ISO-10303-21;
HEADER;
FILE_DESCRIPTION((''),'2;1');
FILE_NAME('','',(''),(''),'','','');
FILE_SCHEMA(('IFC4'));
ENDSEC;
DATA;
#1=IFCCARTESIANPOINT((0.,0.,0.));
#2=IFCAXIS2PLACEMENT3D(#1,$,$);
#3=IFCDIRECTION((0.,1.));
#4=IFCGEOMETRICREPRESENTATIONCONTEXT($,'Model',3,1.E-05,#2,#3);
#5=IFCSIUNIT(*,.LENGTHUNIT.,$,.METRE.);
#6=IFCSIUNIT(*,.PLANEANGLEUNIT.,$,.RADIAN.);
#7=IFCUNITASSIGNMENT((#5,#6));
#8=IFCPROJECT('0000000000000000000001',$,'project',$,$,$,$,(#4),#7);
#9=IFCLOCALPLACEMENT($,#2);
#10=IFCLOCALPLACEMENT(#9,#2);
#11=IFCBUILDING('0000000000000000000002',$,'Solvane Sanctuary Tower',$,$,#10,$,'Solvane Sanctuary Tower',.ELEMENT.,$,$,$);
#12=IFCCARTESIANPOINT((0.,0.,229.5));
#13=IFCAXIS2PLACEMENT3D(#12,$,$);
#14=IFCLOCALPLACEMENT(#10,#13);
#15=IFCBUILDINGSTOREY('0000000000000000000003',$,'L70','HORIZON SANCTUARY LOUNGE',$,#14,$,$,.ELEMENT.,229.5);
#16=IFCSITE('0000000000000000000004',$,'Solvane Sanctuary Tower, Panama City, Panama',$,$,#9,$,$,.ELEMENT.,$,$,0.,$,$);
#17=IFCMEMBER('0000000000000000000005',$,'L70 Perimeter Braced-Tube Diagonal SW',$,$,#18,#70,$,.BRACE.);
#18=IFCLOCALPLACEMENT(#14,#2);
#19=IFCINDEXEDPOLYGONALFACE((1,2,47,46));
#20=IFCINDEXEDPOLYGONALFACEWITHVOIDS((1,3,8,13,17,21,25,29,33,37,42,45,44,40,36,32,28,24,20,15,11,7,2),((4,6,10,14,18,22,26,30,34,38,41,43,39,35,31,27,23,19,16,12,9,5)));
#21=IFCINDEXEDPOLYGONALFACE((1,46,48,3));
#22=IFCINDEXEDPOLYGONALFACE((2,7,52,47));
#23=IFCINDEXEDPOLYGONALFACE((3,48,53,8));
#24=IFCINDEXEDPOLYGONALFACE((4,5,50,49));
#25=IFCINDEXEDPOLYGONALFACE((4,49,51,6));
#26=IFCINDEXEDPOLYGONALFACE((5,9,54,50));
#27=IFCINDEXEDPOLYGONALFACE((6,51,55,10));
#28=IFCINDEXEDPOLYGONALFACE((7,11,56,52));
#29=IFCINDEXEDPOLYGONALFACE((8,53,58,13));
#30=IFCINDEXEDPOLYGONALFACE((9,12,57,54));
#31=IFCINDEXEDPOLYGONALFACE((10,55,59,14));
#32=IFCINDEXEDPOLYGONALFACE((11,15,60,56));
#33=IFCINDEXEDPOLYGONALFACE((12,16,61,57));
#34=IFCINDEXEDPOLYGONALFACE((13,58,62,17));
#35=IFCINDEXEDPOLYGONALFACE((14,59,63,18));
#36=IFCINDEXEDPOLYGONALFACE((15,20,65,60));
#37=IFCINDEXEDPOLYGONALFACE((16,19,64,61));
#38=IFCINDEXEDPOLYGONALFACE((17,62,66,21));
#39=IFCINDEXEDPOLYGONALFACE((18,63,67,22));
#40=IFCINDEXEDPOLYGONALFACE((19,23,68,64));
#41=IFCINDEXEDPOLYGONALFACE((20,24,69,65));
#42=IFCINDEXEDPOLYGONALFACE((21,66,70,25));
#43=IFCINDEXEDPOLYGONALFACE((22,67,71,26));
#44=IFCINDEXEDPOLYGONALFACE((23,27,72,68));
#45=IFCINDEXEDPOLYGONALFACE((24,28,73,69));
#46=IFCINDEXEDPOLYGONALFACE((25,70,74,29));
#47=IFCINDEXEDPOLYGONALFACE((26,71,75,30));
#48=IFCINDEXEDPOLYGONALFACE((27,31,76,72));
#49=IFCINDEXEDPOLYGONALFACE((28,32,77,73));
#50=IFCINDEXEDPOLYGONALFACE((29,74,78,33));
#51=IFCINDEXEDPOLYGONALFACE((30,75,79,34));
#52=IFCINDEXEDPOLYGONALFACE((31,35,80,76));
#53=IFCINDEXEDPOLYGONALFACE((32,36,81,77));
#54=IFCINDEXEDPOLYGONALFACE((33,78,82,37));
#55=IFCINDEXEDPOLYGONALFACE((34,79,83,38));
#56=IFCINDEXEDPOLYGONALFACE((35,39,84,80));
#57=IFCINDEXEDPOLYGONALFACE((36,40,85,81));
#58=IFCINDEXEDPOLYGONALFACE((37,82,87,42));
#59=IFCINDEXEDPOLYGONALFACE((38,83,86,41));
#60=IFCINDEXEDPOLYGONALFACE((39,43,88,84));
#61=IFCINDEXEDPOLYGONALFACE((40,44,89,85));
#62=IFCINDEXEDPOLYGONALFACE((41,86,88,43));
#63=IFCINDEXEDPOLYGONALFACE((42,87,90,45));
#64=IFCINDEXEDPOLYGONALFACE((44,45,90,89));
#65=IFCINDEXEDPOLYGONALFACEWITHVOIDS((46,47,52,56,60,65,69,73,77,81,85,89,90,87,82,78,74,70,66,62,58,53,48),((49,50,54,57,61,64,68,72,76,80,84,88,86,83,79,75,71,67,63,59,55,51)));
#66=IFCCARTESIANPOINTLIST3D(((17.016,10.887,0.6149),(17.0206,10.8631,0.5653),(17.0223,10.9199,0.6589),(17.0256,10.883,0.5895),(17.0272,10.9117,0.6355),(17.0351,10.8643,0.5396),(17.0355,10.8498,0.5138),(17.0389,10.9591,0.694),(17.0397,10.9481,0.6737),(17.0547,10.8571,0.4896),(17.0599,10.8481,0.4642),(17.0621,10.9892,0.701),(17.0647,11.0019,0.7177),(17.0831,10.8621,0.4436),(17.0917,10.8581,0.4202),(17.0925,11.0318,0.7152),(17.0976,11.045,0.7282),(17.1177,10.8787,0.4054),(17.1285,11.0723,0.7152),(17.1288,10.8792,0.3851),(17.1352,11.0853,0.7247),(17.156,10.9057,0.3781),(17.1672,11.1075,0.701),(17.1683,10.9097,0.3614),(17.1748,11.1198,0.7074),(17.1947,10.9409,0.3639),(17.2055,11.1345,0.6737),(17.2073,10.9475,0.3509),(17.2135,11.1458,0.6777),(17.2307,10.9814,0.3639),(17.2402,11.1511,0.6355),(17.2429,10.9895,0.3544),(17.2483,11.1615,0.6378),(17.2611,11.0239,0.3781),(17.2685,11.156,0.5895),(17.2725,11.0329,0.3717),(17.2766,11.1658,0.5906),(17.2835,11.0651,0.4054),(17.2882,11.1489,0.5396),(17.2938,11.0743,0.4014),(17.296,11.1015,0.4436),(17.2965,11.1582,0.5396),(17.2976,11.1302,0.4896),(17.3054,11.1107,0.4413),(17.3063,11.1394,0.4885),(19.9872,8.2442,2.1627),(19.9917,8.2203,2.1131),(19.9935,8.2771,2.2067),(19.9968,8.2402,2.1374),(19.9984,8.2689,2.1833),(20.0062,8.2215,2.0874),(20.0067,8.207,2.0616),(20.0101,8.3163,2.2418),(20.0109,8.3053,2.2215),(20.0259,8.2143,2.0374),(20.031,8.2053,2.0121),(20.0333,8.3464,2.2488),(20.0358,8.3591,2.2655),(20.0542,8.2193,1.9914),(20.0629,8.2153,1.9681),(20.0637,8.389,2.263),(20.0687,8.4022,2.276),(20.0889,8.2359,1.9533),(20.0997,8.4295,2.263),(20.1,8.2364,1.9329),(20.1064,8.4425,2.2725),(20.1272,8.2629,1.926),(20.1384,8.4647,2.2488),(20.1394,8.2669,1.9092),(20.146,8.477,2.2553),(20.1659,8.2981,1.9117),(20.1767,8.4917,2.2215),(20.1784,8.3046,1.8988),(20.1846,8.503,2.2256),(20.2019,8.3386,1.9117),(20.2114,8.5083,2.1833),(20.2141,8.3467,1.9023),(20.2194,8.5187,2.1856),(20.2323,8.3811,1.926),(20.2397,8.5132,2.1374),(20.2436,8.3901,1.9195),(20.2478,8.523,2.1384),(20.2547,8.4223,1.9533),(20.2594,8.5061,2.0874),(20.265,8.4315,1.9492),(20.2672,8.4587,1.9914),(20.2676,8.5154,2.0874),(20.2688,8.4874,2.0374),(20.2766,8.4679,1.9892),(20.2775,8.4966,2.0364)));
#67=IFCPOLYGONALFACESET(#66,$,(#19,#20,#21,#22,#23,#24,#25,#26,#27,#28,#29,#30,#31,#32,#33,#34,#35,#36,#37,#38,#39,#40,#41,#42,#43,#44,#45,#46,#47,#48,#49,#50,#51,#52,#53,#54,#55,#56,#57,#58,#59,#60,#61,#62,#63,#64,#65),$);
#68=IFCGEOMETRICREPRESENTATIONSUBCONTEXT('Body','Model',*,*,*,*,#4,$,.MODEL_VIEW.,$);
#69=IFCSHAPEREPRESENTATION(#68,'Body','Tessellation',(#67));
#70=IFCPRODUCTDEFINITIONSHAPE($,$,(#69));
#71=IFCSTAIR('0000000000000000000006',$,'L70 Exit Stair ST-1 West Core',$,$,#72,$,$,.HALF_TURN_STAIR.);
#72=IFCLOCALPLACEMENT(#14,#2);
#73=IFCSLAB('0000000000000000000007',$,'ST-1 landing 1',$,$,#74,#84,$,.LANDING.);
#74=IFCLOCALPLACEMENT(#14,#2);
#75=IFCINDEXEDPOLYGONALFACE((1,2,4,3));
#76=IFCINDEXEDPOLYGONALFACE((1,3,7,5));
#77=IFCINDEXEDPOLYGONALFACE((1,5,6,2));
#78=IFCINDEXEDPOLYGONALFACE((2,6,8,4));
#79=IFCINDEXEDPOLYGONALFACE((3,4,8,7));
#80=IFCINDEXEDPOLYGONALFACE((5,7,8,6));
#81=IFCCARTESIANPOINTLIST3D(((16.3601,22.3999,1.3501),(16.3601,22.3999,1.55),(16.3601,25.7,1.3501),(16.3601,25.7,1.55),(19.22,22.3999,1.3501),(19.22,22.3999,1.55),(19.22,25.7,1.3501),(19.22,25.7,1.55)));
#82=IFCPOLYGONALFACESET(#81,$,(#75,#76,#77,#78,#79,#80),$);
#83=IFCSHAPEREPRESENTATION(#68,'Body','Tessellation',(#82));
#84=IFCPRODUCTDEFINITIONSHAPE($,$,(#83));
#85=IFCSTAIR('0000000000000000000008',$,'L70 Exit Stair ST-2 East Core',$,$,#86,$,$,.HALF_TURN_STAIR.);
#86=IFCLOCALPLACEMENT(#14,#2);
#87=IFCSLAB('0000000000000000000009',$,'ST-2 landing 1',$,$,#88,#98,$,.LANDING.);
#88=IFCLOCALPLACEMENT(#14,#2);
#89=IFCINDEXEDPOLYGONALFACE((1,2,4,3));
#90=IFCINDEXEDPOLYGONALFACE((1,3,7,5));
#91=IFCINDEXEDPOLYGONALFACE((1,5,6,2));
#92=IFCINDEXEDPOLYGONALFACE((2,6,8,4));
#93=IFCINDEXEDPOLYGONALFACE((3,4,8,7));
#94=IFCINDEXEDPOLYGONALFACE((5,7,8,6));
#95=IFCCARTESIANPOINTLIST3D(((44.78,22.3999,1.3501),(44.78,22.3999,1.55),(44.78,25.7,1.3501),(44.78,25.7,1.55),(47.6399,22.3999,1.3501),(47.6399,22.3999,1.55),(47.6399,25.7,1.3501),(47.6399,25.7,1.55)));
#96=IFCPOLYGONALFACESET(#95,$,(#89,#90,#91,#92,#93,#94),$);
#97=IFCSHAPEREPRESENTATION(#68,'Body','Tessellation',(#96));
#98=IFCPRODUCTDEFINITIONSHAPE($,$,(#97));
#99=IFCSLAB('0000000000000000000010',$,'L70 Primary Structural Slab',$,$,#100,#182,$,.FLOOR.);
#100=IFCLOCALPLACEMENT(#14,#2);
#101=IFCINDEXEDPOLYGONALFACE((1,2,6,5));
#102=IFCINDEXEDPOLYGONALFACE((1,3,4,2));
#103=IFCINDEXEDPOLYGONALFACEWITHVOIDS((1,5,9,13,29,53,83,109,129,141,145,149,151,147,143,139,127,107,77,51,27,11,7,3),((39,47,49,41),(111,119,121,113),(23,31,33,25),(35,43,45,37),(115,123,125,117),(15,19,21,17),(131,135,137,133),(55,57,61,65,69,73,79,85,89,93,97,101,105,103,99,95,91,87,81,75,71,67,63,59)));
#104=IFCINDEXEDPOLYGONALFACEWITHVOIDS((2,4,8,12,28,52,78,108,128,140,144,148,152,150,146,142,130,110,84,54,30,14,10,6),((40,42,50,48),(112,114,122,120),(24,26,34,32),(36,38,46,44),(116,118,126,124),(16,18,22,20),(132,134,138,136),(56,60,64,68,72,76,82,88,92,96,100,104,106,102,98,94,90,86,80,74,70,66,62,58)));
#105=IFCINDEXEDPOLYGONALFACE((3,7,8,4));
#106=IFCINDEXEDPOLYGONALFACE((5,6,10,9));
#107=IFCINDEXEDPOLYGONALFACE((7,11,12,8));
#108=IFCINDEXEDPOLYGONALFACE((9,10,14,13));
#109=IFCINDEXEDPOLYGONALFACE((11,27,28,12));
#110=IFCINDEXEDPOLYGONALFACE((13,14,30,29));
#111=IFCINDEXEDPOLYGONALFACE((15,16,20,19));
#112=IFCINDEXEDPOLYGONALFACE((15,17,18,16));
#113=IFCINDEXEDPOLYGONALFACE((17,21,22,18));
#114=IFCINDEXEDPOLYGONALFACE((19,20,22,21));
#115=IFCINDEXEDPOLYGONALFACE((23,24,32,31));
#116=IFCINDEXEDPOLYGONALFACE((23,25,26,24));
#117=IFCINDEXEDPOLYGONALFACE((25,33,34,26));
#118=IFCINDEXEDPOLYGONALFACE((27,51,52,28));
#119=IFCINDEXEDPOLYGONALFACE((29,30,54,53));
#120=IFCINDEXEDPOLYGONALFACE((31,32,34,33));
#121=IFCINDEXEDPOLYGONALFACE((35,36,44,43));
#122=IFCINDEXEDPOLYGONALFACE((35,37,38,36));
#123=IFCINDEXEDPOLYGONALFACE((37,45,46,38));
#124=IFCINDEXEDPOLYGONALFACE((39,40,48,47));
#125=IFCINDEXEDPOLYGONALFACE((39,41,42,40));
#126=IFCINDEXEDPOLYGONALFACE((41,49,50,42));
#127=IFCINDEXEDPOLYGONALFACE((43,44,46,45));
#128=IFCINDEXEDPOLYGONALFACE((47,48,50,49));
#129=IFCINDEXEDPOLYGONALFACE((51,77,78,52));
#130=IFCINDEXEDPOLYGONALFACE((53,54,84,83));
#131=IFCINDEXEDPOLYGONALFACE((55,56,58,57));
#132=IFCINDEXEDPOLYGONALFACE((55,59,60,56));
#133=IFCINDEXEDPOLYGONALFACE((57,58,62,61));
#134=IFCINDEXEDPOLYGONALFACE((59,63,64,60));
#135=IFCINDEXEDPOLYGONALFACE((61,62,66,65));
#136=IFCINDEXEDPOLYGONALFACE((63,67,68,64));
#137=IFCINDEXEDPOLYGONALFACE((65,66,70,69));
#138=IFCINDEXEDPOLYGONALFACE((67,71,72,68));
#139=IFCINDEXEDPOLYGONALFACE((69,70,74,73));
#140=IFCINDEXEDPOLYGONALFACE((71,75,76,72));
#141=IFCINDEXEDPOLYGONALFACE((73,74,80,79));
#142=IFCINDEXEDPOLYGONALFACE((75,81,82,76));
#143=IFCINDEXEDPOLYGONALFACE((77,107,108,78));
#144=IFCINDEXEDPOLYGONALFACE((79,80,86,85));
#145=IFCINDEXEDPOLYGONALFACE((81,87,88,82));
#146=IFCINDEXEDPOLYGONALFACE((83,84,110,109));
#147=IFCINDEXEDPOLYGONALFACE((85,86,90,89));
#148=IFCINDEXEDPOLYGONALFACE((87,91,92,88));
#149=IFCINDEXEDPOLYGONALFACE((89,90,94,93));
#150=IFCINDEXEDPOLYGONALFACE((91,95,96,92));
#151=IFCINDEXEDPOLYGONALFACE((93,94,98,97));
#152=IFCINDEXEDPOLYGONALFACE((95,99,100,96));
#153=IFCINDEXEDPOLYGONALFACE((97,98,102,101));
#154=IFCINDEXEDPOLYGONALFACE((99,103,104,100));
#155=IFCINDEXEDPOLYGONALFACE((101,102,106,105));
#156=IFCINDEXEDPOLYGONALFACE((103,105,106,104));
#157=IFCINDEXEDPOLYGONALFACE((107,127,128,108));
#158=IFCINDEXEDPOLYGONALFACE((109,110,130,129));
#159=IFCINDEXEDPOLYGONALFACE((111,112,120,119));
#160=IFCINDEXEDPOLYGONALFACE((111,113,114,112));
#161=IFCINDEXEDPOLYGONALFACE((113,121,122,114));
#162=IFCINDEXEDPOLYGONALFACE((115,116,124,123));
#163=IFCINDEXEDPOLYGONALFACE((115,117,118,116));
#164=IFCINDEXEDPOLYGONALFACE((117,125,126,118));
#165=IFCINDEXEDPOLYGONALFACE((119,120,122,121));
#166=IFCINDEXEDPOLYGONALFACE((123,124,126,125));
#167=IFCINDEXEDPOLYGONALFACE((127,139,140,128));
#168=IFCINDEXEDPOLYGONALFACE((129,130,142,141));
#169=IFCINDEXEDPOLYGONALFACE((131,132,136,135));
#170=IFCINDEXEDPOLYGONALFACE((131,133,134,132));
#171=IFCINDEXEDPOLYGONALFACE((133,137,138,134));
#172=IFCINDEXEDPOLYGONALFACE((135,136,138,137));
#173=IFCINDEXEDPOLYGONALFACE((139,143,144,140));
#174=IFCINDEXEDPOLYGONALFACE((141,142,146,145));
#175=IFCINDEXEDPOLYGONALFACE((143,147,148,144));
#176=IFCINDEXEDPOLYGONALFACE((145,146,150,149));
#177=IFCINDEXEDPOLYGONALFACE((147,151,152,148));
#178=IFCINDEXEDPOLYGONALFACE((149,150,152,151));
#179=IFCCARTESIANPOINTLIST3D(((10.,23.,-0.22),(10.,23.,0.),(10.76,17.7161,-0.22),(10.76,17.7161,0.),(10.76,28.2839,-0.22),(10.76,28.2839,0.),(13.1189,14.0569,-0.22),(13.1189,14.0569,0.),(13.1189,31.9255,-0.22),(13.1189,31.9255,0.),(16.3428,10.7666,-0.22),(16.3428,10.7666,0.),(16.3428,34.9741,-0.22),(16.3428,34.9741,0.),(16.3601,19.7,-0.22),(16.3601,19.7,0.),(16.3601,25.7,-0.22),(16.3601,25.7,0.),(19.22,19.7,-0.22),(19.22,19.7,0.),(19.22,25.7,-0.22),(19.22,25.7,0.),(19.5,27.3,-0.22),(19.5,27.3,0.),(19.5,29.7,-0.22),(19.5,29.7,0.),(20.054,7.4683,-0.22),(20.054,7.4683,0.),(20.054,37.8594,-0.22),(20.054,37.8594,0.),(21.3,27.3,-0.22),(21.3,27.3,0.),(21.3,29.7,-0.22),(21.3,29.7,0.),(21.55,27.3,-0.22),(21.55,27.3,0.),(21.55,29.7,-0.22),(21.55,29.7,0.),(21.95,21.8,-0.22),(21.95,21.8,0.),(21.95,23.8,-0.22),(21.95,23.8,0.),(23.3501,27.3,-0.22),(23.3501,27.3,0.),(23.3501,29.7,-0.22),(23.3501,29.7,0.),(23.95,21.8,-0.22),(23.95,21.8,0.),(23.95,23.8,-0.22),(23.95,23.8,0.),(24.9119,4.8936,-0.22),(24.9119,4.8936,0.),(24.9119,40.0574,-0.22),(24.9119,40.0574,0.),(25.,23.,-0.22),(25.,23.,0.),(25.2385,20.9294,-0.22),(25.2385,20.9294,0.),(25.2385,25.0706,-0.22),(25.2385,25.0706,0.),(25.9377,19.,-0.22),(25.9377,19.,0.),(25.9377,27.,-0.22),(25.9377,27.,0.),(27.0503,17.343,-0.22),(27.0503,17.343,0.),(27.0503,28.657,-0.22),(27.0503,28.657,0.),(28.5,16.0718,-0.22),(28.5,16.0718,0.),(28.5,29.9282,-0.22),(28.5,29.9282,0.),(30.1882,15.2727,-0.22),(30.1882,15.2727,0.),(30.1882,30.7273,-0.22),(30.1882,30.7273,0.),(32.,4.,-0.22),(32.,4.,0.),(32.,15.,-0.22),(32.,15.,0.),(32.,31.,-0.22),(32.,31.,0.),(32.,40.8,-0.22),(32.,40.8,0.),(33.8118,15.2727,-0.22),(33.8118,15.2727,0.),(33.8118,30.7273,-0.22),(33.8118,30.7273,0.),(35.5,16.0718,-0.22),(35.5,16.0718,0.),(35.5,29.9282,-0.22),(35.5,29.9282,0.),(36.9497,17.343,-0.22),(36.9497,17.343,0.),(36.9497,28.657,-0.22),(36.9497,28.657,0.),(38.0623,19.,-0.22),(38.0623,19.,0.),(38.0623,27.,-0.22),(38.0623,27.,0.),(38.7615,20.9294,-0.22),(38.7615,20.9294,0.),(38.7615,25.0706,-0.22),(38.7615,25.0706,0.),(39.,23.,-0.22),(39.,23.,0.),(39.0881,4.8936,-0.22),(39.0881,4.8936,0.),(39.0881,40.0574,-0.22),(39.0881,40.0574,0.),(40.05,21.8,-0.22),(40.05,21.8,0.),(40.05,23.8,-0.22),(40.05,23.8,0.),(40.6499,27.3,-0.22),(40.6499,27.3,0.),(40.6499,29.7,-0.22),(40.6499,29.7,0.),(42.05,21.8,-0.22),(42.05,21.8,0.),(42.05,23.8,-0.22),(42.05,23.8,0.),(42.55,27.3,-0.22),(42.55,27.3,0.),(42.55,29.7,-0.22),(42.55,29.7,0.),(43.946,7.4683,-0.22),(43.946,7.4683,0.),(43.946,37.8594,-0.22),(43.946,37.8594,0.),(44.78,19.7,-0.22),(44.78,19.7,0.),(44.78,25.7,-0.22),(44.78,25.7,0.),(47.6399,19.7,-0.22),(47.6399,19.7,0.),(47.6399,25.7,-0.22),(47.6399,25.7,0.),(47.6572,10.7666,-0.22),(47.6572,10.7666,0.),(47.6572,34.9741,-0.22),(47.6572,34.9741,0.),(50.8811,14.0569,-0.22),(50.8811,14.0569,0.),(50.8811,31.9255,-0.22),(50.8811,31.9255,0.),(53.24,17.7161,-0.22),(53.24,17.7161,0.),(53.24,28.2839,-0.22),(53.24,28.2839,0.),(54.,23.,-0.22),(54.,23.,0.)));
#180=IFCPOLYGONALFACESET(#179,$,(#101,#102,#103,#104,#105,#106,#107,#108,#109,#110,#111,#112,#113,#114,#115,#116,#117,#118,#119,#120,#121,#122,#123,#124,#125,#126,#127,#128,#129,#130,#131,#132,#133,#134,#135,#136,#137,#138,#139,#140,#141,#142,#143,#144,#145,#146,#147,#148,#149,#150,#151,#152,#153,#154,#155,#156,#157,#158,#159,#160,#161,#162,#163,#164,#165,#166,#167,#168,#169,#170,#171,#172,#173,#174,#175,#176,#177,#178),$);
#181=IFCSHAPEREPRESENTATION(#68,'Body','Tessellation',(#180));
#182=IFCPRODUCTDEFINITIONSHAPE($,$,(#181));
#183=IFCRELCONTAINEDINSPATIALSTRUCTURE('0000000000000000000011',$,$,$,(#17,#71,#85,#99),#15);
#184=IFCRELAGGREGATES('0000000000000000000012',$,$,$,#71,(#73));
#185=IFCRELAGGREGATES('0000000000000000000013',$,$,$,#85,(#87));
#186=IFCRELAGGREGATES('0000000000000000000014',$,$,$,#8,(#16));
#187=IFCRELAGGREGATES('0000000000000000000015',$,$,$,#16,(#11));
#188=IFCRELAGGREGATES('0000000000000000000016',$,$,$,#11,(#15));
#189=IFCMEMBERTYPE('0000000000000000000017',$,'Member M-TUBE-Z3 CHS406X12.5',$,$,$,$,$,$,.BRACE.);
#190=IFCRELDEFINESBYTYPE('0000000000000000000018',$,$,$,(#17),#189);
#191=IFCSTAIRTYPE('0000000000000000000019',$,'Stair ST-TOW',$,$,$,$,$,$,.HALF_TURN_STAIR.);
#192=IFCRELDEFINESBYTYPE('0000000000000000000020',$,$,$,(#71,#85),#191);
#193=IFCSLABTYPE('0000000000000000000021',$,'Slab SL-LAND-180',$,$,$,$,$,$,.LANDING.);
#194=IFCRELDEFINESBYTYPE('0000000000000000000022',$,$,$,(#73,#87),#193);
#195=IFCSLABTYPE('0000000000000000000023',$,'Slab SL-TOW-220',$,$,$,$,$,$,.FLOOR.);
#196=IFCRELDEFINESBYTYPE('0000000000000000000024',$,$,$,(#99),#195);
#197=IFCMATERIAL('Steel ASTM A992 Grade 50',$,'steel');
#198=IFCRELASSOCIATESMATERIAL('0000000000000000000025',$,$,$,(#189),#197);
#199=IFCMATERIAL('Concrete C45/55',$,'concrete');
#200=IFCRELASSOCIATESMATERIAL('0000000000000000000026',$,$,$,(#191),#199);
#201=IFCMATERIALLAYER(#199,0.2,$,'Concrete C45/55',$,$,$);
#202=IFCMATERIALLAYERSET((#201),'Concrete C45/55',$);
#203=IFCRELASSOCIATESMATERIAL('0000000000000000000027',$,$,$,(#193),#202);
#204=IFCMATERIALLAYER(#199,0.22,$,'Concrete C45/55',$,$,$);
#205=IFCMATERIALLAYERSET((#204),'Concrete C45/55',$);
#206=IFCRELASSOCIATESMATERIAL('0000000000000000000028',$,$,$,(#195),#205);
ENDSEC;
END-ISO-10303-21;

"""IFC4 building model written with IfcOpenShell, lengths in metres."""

from ifc_helpers import new_model, si_unit, direction, frame, origin, origin_2d, place, context, subcontext, project, spatial, polyline, hollow_circle, outline, extrude, material, layer, layer_set, material_profile, profile_set, type_object, element, aggregate, save


model = new_model("IFC4")

# Units and contexts
model_context = context("Model", 3, precision=1e-05, world=origin(), true_north=direction((0.0, 1.0)))
body_context = subcontext(model_context, "Body", "Model", "MODEL_VIEW")
ifc_project = project(units=[si_unit("LENGTHUNIT", "METRE"), si_unit("PLANEANGLEUNIT", "RADIAN")], contexts=[model_context])

# Site, building, storey
site_placement = place(None, origin())
site = spatial("IfcSite", under=ifc_project, at=site_placement, Name="Solvane Sanctuary Tower, Panama City, Panama", CompositionType="ELEMENT", RefElevation=0.0)
building_placement = place(site_placement, origin())
building = spatial("IfcBuilding", under=site, at=building_placement, Name="Solvane Sanctuary Tower", LongName="Solvane Sanctuary Tower", CompositionType="ELEMENT")
storey_placement = place(building_placement, frame((0.0, 0.0, 229.5)))
storey = spatial("IfcBuildingStorey", under=building, at=storey_placement, Name="L70", Description="HORIZON SANCTUARY LOUNGE", CompositionType="ELEMENT", Elevation=229.5)

# Member
ifc_material_1 = material(Name="Steel ASTM A992 Grade 50", Category="steel")
ifc_material_profile = material_profile(ifc_material_1, hollow_circle(Radius=0.2029, WallThickness=0.0125, at=origin_2d()), Name="CHS406X12.5")
ifc_profile_set = profile_set([ifc_material_profile], Name="Steel ASTM A992 Grade 50")
member_type = type_object("IfcMemberType", Name="Member M-TUBE-Z3 CHS406X12.5", PredefinedType="BRACE", material=ifc_profile_set)
member_placement = place(storey_placement, frame((17.1616, 11.0066, 0.5396), z_axis=(0.696299, -0.619345, 0.362739), x_axis=(0.664612, 0.747189, 0.0)))
element("IfcMember", 1, at=member_placement, inside=storey, type_object=member_type, Name="L70 Perimeter Braced-Tube Diagonal SW", PredefinedType="BRACE", context=body_context, shape_type="SweptSolid", body=[
    extrude(hollow_circle(Radius=0.2029, WallThickness=0.0125, at=origin_2d()), origin(), (0.0, 0.0, 1.0), 4.2671),
])

# Stairs, slabs
ifc_material_2 = material(Name="Concrete C45/55", Category="concrete")
stair_type = type_object("IfcStairType", Name="Stair ST-TOW", PredefinedType="HALF_TURN_STAIR", material=ifc_material_2)
stair_1_placement = place(storey_placement, origin())
stair_1 = element("IfcStair", 2, at=stair_1_placement, inside=storey, type_object=stair_type, Name="L70 Exit Stair ST-1 West Core", PredefinedType="HALF_TURN_STAIR")
ifc_layer_1 = layer(ifc_material_2, 0.2, Name="Concrete C45/55")
ifc_layer_set_1 = layer_set([ifc_layer_1], Name="Concrete C45/55")
slab_type_1 = type_object("IfcSlabType", Name="Slab SL-LAND-180", PredefinedType="LANDING", material=ifc_layer_set_1)
slab_1_placement = place(storey_placement, frame((0.0, 0.0, 1.3501)))
slab_1 = element("IfcSlab", 3, at=slab_1_placement, type_object=slab_type_1, Name="ST-1 landing 1", PredefinedType="LANDING", context=body_context, shape_type="SweptSolid", body=[
    extrude(outline(polyline([(19.22, 22.3999), (19.22, 25.7), (16.3601, 25.7), (16.3601, 22.3999), (19.22, 22.3999)])), origin(), (0.0, 0.0, 1.0), 0.2),
])
aggregate(stair_1, [slab_1])
stair_2_placement = place(storey_placement, origin())
stair_2 = element("IfcStair", 4, at=stair_2_placement, inside=storey, type_object=stair_type, Name="L70 Exit Stair ST-2 East Core", PredefinedType="HALF_TURN_STAIR")
slab_2_placement = place(storey_placement, frame((0.0, 0.0, 1.3501)))
slab_2 = element("IfcSlab", 5, at=slab_2_placement, type_object=slab_type_1, Name="ST-2 landing 1", PredefinedType="LANDING", context=body_context, shape_type="SweptSolid", body=[
    extrude(outline(polyline([(47.6399, 22.3999), (47.6399, 25.7), (44.78, 25.7), (44.78, 22.3999), (47.6399, 22.3999)])), origin(), (0.0, 0.0, 1.0), 0.2),
])
aggregate(stair_2, [slab_2])

# Slab
ifc_layer_2 = layer(ifc_material_2, 0.22, Name="Concrete C45/55")
ifc_layer_set_2 = layer_set([ifc_layer_2], Name="Concrete C45/55")
slab_type_2 = type_object("IfcSlabType", Name="Slab SL-TOW-220", PredefinedType="FLOOR", material=ifc_layer_set_2)
slab_3_placement = place(storey_placement, frame((0.0, 0.0, -0.22)))
element("IfcSlab", 6, at=slab_3_placement, inside=storey, type_object=slab_type_2, Name="L70 Primary Structural Slab", PredefinedType="FLOOR", context=body_context, shape_type="SweptSolid", body=[
    extrude(outline(polyline([(54.0, 23.0), (53.24, 28.2839), (50.8811, 31.9255), (47.6572, 34.9741), (43.946, 37.8594), (39.0881, 40.0574), (32.0, 40.8), (24.9119, 40.0574), (20.054, 37.8594), (16.3428, 34.9741), (13.1189, 31.9255), (10.76, 28.2839), (10.0, 23.0), (10.76, 17.7161), (13.1189, 14.0569), (16.3428, 10.7666), (20.054, 7.4683), (24.9119, 4.8936), (32.0, 4.0), (39.0881, 4.8936), (43.946, 7.4683), (47.6572, 10.7666), (50.8811, 14.0569), (53.24, 17.7161), (54.0, 23.0)]), holes=[polyline([(38.7615, 20.9294), (38.0623, 19.0), (36.9497, 17.343), (35.5, 16.0718), (33.8118, 15.2727), (32.0, 15.0), (30.1882, 15.2727), (28.5, 16.0718), (27.0503, 17.343), (25.9377, 19.0), (25.2385, 20.9294), (25.0, 23.0), (25.2385, 25.0706), (25.9377, 27.0), (27.0503, 28.657), (28.5, 29.9282), (30.1882, 30.7273), (32.0, 31.0), (33.8118, 30.7273), (35.5, 29.9282), (36.9497, 28.657), (38.0623, 27.0), (38.7615, 25.0706), (39.0, 23.0), (38.7615, 20.9294)]), polyline([(16.3601, 19.7), (16.3601, 25.7), (19.22, 25.7), (19.22, 19.7), (16.3601, 19.7)]), polyline([(44.78, 19.7), (44.78, 25.7), (47.6399, 25.7), (47.6399, 19.7), (44.78, 19.7)]), polyline([(21.95, 23.8), (23.95, 23.8), (23.95, 21.8), (21.95, 21.8), (21.95, 23.8)]), polyline([(40.05, 23.8), (42.05, 23.8), (42.05, 21.8), (40.05, 21.8), (40.05, 23.8)]), polyline([(19.5, 29.7), (21.3, 29.7), (21.3, 27.3), (19.5, 27.3), (19.5, 29.7)]), polyline([(21.55, 29.7), (23.3501, 29.7), (23.3501, 27.3), (21.55, 27.3), (21.55, 29.7)]), polyline([(40.6499, 29.7), (42.55, 29.7), (42.55, 27.3), (40.6499, 27.3), (40.6499, 29.7)])]), origin(), (0.0, 0.0, 1.0), 0.22),
])

save(model, "model.ifc")
